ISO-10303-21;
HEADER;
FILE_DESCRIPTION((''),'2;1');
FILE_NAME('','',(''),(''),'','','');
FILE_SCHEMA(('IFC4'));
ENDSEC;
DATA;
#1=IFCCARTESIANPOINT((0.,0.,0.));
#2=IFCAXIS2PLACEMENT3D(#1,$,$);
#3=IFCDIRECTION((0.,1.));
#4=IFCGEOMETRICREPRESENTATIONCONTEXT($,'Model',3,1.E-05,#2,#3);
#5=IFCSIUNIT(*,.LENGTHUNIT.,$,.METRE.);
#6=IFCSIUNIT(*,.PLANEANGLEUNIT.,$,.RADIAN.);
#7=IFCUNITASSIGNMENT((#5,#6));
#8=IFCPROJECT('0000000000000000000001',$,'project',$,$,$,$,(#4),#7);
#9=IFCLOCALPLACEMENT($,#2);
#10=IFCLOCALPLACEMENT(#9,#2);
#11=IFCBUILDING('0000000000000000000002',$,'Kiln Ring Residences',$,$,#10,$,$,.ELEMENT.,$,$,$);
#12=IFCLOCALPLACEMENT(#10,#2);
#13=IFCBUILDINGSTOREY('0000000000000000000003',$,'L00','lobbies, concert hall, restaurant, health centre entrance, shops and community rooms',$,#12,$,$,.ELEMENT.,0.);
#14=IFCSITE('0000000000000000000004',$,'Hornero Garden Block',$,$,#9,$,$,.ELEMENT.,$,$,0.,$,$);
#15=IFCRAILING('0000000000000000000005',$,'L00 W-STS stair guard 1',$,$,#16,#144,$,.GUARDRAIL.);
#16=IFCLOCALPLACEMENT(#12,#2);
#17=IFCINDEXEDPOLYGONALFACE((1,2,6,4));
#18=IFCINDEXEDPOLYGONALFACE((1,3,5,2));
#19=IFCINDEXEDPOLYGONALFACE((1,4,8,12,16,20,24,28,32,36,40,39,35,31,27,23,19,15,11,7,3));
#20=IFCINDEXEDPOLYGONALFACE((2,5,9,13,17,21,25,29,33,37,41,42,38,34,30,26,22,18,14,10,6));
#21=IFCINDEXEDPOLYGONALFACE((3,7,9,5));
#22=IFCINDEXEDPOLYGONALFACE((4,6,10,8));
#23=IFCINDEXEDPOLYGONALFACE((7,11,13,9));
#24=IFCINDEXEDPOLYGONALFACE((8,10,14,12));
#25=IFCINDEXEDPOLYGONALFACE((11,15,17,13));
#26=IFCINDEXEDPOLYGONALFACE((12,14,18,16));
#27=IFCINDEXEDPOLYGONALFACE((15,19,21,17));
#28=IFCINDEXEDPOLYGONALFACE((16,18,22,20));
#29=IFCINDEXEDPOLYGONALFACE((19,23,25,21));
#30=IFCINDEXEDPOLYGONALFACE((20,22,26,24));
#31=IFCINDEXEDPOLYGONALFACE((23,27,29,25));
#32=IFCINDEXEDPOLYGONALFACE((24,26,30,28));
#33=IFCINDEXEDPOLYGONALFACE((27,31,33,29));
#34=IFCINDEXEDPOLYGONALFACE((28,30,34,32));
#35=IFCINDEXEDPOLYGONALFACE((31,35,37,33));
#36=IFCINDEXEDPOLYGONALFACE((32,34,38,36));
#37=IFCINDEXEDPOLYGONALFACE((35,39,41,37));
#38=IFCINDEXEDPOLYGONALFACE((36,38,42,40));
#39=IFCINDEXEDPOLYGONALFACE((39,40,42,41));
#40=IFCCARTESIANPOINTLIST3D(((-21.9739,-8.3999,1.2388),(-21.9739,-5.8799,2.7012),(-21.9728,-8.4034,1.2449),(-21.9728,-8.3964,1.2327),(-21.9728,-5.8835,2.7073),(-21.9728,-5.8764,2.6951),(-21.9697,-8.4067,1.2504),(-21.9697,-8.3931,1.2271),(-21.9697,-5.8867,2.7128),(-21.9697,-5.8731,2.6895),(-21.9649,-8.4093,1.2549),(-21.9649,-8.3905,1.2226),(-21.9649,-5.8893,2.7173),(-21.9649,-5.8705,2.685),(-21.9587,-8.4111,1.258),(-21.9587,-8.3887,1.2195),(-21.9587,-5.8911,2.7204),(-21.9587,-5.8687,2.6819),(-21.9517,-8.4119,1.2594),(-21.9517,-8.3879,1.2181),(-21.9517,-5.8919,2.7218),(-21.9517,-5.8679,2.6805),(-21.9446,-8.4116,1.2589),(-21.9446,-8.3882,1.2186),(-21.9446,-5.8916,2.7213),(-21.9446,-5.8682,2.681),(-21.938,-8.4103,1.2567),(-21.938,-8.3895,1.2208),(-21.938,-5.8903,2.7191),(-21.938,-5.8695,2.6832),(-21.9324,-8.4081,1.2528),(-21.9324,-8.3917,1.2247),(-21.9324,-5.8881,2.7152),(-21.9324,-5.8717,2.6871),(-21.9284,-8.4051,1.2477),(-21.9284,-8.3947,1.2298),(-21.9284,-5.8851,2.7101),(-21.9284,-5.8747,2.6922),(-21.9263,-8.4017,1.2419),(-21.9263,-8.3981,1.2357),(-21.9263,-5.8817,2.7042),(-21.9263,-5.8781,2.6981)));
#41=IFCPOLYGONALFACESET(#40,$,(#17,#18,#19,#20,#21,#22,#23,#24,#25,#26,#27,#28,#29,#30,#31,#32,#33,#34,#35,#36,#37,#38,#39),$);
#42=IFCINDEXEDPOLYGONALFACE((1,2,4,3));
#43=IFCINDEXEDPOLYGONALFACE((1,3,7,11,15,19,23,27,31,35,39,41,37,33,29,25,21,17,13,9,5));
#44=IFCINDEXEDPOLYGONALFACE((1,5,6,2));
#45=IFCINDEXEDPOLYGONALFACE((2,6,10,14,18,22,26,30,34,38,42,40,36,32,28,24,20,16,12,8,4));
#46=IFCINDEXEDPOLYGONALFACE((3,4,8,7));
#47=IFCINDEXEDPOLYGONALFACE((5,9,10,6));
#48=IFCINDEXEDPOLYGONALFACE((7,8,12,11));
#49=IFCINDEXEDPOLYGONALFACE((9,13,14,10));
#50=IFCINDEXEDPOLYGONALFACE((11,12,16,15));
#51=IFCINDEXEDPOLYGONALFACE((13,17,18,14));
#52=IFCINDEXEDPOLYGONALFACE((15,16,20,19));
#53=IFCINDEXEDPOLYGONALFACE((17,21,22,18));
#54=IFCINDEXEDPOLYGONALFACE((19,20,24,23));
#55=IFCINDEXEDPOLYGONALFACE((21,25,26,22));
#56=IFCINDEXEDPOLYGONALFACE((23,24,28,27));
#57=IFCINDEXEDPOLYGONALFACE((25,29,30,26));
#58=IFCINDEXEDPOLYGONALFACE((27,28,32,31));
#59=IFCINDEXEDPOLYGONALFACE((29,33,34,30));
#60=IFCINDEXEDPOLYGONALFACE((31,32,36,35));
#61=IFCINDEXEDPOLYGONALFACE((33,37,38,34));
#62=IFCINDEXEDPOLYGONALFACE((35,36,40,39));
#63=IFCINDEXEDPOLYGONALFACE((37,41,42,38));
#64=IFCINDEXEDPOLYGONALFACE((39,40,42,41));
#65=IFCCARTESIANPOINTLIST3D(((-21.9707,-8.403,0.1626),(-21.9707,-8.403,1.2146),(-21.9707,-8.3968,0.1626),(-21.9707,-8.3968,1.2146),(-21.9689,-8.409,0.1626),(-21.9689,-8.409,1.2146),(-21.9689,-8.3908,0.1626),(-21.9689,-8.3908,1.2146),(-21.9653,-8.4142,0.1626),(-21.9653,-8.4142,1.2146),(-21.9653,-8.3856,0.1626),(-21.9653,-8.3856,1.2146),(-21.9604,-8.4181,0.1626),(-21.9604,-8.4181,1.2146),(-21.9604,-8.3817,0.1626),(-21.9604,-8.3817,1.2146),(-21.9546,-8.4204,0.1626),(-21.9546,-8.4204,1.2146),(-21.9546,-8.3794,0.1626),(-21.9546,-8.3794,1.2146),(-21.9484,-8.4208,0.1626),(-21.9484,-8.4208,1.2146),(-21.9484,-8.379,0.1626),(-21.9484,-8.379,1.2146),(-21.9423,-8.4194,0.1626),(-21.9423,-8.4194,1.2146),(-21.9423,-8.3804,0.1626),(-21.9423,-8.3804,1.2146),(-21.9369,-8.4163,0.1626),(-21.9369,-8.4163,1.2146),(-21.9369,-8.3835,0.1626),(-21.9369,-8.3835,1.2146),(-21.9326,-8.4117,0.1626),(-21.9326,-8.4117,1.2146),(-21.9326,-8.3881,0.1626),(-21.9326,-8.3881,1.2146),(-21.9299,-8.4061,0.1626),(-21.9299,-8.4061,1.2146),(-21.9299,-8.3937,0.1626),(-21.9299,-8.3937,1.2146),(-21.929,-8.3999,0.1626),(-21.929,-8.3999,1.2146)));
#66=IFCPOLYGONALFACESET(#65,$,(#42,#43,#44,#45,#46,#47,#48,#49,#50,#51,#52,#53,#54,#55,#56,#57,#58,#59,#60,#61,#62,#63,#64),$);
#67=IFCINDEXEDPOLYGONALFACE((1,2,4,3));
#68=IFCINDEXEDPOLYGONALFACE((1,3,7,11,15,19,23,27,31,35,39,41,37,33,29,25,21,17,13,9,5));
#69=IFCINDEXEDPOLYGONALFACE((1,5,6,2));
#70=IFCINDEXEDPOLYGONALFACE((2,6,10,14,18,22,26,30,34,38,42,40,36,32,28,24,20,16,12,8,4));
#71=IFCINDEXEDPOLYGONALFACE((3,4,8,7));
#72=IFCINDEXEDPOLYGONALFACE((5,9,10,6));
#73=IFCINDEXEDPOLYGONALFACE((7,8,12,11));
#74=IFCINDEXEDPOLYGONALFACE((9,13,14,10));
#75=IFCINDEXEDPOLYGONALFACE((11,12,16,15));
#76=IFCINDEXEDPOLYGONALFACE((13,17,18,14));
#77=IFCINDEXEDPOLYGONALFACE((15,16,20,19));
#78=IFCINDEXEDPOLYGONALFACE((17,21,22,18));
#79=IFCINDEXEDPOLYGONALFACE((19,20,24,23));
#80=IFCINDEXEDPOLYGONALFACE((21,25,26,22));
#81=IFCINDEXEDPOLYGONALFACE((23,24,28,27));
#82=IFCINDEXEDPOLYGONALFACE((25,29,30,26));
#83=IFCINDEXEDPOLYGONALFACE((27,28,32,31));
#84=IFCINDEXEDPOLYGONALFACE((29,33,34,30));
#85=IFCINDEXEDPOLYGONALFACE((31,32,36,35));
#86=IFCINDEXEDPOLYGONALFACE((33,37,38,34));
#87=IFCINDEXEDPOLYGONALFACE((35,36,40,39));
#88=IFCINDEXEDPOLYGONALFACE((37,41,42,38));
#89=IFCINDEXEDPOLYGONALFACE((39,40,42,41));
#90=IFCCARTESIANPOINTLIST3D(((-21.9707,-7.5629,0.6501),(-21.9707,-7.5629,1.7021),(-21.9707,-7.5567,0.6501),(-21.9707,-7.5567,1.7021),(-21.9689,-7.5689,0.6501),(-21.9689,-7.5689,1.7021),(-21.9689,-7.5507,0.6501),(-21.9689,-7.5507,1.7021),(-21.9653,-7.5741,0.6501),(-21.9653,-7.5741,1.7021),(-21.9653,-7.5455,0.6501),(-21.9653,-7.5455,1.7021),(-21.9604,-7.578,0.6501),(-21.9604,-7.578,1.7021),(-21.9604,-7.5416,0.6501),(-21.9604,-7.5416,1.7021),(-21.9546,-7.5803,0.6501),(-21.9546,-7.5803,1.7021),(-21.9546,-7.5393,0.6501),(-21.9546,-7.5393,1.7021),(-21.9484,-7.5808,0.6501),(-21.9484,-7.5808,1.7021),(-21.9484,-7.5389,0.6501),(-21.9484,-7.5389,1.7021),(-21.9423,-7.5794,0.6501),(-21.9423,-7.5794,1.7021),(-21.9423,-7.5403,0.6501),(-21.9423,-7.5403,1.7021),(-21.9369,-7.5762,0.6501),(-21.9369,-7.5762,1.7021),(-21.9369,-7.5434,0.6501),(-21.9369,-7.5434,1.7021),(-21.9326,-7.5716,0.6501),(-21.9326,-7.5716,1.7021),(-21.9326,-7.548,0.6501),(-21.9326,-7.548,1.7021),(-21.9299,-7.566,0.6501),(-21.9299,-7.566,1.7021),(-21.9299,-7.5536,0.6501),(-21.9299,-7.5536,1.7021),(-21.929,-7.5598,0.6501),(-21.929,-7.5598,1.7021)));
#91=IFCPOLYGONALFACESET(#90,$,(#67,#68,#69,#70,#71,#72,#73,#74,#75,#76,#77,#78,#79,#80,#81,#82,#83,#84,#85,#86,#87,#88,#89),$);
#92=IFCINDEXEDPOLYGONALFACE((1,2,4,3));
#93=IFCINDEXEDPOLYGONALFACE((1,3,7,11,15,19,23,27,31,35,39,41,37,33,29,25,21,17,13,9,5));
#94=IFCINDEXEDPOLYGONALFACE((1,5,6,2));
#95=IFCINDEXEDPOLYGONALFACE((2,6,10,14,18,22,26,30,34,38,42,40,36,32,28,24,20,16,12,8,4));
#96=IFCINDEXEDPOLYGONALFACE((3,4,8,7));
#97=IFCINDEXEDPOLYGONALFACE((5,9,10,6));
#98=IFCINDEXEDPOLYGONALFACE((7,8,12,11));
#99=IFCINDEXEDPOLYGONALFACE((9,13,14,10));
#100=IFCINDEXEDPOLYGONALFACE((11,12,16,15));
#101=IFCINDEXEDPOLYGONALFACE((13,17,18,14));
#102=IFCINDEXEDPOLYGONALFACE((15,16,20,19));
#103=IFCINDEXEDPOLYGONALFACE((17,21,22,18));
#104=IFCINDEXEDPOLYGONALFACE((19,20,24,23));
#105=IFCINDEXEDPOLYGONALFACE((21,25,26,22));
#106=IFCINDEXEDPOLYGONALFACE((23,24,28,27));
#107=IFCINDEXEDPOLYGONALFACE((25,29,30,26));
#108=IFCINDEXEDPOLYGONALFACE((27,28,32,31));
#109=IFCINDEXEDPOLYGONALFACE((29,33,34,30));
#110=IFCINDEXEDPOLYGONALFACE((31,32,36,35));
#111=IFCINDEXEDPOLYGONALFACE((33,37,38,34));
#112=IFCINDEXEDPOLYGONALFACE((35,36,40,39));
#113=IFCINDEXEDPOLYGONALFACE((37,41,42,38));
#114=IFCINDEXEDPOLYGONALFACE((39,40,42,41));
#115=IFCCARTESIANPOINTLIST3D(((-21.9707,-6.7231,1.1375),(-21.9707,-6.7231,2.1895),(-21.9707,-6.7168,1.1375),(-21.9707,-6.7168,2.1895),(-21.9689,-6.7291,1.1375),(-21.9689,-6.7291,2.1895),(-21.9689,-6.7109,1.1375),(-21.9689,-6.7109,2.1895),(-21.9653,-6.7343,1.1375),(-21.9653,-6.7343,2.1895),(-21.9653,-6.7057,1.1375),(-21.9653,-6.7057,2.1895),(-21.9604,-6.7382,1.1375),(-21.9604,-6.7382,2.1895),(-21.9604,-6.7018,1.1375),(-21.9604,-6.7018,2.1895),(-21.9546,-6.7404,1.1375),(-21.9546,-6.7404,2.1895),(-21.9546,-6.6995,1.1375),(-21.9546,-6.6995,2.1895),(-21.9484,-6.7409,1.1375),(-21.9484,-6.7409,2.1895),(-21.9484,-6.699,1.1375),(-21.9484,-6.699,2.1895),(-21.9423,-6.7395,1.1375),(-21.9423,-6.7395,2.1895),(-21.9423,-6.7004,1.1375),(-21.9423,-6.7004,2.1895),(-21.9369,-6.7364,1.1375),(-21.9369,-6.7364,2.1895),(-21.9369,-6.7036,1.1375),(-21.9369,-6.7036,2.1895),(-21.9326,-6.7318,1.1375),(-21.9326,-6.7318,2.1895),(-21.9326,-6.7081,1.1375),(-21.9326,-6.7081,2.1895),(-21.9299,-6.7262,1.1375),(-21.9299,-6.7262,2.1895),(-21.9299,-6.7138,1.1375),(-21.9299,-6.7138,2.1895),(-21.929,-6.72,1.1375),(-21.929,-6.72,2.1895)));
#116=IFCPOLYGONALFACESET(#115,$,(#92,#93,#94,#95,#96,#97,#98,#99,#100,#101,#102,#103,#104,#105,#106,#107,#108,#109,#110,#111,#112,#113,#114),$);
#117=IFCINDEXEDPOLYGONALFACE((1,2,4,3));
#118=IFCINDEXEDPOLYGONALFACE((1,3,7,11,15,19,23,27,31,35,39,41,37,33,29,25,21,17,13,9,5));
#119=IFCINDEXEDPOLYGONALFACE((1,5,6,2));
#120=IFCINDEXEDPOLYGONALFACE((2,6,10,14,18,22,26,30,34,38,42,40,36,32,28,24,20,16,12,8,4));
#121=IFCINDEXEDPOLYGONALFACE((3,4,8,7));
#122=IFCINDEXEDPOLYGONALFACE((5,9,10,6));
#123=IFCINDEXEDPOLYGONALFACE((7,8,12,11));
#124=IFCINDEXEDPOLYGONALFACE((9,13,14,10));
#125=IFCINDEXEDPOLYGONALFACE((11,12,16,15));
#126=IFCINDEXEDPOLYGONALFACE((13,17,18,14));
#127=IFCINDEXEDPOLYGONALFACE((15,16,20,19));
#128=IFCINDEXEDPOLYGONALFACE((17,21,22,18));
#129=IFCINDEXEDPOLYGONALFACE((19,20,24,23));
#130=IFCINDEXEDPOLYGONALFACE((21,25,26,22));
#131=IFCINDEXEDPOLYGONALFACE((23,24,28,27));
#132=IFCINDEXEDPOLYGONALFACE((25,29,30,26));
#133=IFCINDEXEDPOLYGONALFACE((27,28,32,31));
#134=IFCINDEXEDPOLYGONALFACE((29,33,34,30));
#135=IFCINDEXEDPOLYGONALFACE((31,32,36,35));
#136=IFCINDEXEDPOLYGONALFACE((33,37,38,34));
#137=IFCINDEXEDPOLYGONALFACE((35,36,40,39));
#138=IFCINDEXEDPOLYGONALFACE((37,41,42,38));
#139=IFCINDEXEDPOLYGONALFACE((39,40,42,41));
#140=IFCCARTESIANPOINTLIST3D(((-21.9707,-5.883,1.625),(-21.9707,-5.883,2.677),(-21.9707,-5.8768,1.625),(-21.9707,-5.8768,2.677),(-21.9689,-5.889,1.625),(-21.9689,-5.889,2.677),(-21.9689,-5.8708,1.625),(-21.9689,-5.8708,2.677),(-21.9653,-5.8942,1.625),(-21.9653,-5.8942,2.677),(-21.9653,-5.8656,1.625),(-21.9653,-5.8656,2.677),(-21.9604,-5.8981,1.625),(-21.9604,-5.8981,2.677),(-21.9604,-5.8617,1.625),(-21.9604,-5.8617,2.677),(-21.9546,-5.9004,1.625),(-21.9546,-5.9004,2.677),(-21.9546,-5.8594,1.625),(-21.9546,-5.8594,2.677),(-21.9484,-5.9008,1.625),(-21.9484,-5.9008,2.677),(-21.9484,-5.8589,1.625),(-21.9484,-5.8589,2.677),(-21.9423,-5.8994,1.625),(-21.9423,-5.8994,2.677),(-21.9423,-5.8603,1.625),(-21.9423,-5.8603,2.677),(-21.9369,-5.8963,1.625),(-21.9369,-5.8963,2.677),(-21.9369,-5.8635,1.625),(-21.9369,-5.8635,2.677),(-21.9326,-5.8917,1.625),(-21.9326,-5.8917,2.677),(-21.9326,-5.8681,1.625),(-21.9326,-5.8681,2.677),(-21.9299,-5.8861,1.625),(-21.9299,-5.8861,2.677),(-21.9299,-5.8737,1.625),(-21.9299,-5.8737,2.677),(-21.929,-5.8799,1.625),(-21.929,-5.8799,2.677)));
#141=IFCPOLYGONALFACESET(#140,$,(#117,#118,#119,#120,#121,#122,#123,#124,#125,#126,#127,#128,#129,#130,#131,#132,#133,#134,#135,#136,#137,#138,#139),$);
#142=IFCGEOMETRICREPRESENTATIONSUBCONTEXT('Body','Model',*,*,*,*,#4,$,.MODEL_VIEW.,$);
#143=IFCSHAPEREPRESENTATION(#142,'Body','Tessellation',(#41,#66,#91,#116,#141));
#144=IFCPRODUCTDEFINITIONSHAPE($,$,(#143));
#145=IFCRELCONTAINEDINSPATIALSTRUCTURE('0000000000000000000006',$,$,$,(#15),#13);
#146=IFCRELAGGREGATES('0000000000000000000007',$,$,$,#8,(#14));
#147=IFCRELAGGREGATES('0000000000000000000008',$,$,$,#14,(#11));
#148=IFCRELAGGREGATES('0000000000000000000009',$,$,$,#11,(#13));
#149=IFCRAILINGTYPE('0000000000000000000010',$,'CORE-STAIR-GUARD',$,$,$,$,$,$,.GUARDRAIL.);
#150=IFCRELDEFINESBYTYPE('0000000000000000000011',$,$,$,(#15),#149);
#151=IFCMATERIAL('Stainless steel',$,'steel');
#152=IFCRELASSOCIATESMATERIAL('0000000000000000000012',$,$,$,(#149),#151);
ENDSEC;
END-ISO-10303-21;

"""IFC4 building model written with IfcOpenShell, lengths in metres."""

from ifc_helpers import new_model, si_unit, direction, frame, origin, origin_2d, place, context, subcontext, project, spatial, circle, extrude, material, type_object, element, save


model = new_model("IFC4")

# Units and contexts
model_context = context("Model", 3, precision=1e-05, world=origin(), true_north=direction((0.0, 1.0)))
body_context = subcontext(model_context, "Body", "Model", "MODEL_VIEW")
ifc_project = project(units=[si_unit("LENGTHUNIT", "METRE"), si_unit("PLANEANGLEUNIT", "RADIAN")], contexts=[model_context])

# Site, building, storey
site_placement = place(None, origin())
site = spatial("IfcSite", under=ifc_project, at=site_placement, Name="Hornero Garden Block", CompositionType="ELEMENT", RefElevation=0.0)
building_placement = place(site_placement, origin())
building = spatial("IfcBuilding", under=site, at=building_placement, Name="Kiln Ring Residences", CompositionType="ELEMENT")
storey_placement = place(building_placement, origin())
storey = spatial("IfcBuildingStorey", under=building, at=storey_placement, Name="L00", Description="lobbies, concert hall, restaurant, health centre entrance, shops and community rooms", CompositionType="ELEMENT", Elevation=0.0)

# Railing
ifc_material_1 = material(Name="Stainless steel", Category="steel")
railing_type_1 = type_object("IfcRailingType", Name="CORE-STAIR-GUARD", PredefinedType="GUARDRAIL", material=ifc_material_1)
railing_1_placement = place(storey_placement, frame((-21.95, -8.3999, 0.1626)))
element("IfcRailing", 1, at=railing_1_placement, inside=storey, type_object=railing_type_1, Name="L00 W-STS stair guard 1", PredefinedType="GUARDRAIL", context=body_context, shape_type="SweptSolid", body=[
    extrude(circle(Radius=0.0239, at=origin_2d()), frame((0.0, 0.0, 1.0762), z_axis=(0.0, 0.864913, 0.501921), x_axis=(-1.0, 0.0, 0.0)), (0.0, 0.0, 1.0), 2.9136),
    extrude(circle(Radius=0.021, at=origin_2d()), origin(), (0.0, 0.0, 1.0), 1.052),
    extrude(circle(Radius=0.021, at=origin_2d()), frame((0.0, 0.8401, 0.4875)), (0.0, 0.0, 1.0), 1.052),
    extrude(circle(Radius=0.021, at=origin_2d()), frame((0.0, 1.6799, 0.9749)), (0.0, 0.0, 1.0), 1.052),
    extrude(circle(Radius=0.021, at=origin_2d()), frame((0.0, 2.52, 1.4624)), (0.0, 0.0, 1.0), 1.052),
])

save(model, "model.ifc")
